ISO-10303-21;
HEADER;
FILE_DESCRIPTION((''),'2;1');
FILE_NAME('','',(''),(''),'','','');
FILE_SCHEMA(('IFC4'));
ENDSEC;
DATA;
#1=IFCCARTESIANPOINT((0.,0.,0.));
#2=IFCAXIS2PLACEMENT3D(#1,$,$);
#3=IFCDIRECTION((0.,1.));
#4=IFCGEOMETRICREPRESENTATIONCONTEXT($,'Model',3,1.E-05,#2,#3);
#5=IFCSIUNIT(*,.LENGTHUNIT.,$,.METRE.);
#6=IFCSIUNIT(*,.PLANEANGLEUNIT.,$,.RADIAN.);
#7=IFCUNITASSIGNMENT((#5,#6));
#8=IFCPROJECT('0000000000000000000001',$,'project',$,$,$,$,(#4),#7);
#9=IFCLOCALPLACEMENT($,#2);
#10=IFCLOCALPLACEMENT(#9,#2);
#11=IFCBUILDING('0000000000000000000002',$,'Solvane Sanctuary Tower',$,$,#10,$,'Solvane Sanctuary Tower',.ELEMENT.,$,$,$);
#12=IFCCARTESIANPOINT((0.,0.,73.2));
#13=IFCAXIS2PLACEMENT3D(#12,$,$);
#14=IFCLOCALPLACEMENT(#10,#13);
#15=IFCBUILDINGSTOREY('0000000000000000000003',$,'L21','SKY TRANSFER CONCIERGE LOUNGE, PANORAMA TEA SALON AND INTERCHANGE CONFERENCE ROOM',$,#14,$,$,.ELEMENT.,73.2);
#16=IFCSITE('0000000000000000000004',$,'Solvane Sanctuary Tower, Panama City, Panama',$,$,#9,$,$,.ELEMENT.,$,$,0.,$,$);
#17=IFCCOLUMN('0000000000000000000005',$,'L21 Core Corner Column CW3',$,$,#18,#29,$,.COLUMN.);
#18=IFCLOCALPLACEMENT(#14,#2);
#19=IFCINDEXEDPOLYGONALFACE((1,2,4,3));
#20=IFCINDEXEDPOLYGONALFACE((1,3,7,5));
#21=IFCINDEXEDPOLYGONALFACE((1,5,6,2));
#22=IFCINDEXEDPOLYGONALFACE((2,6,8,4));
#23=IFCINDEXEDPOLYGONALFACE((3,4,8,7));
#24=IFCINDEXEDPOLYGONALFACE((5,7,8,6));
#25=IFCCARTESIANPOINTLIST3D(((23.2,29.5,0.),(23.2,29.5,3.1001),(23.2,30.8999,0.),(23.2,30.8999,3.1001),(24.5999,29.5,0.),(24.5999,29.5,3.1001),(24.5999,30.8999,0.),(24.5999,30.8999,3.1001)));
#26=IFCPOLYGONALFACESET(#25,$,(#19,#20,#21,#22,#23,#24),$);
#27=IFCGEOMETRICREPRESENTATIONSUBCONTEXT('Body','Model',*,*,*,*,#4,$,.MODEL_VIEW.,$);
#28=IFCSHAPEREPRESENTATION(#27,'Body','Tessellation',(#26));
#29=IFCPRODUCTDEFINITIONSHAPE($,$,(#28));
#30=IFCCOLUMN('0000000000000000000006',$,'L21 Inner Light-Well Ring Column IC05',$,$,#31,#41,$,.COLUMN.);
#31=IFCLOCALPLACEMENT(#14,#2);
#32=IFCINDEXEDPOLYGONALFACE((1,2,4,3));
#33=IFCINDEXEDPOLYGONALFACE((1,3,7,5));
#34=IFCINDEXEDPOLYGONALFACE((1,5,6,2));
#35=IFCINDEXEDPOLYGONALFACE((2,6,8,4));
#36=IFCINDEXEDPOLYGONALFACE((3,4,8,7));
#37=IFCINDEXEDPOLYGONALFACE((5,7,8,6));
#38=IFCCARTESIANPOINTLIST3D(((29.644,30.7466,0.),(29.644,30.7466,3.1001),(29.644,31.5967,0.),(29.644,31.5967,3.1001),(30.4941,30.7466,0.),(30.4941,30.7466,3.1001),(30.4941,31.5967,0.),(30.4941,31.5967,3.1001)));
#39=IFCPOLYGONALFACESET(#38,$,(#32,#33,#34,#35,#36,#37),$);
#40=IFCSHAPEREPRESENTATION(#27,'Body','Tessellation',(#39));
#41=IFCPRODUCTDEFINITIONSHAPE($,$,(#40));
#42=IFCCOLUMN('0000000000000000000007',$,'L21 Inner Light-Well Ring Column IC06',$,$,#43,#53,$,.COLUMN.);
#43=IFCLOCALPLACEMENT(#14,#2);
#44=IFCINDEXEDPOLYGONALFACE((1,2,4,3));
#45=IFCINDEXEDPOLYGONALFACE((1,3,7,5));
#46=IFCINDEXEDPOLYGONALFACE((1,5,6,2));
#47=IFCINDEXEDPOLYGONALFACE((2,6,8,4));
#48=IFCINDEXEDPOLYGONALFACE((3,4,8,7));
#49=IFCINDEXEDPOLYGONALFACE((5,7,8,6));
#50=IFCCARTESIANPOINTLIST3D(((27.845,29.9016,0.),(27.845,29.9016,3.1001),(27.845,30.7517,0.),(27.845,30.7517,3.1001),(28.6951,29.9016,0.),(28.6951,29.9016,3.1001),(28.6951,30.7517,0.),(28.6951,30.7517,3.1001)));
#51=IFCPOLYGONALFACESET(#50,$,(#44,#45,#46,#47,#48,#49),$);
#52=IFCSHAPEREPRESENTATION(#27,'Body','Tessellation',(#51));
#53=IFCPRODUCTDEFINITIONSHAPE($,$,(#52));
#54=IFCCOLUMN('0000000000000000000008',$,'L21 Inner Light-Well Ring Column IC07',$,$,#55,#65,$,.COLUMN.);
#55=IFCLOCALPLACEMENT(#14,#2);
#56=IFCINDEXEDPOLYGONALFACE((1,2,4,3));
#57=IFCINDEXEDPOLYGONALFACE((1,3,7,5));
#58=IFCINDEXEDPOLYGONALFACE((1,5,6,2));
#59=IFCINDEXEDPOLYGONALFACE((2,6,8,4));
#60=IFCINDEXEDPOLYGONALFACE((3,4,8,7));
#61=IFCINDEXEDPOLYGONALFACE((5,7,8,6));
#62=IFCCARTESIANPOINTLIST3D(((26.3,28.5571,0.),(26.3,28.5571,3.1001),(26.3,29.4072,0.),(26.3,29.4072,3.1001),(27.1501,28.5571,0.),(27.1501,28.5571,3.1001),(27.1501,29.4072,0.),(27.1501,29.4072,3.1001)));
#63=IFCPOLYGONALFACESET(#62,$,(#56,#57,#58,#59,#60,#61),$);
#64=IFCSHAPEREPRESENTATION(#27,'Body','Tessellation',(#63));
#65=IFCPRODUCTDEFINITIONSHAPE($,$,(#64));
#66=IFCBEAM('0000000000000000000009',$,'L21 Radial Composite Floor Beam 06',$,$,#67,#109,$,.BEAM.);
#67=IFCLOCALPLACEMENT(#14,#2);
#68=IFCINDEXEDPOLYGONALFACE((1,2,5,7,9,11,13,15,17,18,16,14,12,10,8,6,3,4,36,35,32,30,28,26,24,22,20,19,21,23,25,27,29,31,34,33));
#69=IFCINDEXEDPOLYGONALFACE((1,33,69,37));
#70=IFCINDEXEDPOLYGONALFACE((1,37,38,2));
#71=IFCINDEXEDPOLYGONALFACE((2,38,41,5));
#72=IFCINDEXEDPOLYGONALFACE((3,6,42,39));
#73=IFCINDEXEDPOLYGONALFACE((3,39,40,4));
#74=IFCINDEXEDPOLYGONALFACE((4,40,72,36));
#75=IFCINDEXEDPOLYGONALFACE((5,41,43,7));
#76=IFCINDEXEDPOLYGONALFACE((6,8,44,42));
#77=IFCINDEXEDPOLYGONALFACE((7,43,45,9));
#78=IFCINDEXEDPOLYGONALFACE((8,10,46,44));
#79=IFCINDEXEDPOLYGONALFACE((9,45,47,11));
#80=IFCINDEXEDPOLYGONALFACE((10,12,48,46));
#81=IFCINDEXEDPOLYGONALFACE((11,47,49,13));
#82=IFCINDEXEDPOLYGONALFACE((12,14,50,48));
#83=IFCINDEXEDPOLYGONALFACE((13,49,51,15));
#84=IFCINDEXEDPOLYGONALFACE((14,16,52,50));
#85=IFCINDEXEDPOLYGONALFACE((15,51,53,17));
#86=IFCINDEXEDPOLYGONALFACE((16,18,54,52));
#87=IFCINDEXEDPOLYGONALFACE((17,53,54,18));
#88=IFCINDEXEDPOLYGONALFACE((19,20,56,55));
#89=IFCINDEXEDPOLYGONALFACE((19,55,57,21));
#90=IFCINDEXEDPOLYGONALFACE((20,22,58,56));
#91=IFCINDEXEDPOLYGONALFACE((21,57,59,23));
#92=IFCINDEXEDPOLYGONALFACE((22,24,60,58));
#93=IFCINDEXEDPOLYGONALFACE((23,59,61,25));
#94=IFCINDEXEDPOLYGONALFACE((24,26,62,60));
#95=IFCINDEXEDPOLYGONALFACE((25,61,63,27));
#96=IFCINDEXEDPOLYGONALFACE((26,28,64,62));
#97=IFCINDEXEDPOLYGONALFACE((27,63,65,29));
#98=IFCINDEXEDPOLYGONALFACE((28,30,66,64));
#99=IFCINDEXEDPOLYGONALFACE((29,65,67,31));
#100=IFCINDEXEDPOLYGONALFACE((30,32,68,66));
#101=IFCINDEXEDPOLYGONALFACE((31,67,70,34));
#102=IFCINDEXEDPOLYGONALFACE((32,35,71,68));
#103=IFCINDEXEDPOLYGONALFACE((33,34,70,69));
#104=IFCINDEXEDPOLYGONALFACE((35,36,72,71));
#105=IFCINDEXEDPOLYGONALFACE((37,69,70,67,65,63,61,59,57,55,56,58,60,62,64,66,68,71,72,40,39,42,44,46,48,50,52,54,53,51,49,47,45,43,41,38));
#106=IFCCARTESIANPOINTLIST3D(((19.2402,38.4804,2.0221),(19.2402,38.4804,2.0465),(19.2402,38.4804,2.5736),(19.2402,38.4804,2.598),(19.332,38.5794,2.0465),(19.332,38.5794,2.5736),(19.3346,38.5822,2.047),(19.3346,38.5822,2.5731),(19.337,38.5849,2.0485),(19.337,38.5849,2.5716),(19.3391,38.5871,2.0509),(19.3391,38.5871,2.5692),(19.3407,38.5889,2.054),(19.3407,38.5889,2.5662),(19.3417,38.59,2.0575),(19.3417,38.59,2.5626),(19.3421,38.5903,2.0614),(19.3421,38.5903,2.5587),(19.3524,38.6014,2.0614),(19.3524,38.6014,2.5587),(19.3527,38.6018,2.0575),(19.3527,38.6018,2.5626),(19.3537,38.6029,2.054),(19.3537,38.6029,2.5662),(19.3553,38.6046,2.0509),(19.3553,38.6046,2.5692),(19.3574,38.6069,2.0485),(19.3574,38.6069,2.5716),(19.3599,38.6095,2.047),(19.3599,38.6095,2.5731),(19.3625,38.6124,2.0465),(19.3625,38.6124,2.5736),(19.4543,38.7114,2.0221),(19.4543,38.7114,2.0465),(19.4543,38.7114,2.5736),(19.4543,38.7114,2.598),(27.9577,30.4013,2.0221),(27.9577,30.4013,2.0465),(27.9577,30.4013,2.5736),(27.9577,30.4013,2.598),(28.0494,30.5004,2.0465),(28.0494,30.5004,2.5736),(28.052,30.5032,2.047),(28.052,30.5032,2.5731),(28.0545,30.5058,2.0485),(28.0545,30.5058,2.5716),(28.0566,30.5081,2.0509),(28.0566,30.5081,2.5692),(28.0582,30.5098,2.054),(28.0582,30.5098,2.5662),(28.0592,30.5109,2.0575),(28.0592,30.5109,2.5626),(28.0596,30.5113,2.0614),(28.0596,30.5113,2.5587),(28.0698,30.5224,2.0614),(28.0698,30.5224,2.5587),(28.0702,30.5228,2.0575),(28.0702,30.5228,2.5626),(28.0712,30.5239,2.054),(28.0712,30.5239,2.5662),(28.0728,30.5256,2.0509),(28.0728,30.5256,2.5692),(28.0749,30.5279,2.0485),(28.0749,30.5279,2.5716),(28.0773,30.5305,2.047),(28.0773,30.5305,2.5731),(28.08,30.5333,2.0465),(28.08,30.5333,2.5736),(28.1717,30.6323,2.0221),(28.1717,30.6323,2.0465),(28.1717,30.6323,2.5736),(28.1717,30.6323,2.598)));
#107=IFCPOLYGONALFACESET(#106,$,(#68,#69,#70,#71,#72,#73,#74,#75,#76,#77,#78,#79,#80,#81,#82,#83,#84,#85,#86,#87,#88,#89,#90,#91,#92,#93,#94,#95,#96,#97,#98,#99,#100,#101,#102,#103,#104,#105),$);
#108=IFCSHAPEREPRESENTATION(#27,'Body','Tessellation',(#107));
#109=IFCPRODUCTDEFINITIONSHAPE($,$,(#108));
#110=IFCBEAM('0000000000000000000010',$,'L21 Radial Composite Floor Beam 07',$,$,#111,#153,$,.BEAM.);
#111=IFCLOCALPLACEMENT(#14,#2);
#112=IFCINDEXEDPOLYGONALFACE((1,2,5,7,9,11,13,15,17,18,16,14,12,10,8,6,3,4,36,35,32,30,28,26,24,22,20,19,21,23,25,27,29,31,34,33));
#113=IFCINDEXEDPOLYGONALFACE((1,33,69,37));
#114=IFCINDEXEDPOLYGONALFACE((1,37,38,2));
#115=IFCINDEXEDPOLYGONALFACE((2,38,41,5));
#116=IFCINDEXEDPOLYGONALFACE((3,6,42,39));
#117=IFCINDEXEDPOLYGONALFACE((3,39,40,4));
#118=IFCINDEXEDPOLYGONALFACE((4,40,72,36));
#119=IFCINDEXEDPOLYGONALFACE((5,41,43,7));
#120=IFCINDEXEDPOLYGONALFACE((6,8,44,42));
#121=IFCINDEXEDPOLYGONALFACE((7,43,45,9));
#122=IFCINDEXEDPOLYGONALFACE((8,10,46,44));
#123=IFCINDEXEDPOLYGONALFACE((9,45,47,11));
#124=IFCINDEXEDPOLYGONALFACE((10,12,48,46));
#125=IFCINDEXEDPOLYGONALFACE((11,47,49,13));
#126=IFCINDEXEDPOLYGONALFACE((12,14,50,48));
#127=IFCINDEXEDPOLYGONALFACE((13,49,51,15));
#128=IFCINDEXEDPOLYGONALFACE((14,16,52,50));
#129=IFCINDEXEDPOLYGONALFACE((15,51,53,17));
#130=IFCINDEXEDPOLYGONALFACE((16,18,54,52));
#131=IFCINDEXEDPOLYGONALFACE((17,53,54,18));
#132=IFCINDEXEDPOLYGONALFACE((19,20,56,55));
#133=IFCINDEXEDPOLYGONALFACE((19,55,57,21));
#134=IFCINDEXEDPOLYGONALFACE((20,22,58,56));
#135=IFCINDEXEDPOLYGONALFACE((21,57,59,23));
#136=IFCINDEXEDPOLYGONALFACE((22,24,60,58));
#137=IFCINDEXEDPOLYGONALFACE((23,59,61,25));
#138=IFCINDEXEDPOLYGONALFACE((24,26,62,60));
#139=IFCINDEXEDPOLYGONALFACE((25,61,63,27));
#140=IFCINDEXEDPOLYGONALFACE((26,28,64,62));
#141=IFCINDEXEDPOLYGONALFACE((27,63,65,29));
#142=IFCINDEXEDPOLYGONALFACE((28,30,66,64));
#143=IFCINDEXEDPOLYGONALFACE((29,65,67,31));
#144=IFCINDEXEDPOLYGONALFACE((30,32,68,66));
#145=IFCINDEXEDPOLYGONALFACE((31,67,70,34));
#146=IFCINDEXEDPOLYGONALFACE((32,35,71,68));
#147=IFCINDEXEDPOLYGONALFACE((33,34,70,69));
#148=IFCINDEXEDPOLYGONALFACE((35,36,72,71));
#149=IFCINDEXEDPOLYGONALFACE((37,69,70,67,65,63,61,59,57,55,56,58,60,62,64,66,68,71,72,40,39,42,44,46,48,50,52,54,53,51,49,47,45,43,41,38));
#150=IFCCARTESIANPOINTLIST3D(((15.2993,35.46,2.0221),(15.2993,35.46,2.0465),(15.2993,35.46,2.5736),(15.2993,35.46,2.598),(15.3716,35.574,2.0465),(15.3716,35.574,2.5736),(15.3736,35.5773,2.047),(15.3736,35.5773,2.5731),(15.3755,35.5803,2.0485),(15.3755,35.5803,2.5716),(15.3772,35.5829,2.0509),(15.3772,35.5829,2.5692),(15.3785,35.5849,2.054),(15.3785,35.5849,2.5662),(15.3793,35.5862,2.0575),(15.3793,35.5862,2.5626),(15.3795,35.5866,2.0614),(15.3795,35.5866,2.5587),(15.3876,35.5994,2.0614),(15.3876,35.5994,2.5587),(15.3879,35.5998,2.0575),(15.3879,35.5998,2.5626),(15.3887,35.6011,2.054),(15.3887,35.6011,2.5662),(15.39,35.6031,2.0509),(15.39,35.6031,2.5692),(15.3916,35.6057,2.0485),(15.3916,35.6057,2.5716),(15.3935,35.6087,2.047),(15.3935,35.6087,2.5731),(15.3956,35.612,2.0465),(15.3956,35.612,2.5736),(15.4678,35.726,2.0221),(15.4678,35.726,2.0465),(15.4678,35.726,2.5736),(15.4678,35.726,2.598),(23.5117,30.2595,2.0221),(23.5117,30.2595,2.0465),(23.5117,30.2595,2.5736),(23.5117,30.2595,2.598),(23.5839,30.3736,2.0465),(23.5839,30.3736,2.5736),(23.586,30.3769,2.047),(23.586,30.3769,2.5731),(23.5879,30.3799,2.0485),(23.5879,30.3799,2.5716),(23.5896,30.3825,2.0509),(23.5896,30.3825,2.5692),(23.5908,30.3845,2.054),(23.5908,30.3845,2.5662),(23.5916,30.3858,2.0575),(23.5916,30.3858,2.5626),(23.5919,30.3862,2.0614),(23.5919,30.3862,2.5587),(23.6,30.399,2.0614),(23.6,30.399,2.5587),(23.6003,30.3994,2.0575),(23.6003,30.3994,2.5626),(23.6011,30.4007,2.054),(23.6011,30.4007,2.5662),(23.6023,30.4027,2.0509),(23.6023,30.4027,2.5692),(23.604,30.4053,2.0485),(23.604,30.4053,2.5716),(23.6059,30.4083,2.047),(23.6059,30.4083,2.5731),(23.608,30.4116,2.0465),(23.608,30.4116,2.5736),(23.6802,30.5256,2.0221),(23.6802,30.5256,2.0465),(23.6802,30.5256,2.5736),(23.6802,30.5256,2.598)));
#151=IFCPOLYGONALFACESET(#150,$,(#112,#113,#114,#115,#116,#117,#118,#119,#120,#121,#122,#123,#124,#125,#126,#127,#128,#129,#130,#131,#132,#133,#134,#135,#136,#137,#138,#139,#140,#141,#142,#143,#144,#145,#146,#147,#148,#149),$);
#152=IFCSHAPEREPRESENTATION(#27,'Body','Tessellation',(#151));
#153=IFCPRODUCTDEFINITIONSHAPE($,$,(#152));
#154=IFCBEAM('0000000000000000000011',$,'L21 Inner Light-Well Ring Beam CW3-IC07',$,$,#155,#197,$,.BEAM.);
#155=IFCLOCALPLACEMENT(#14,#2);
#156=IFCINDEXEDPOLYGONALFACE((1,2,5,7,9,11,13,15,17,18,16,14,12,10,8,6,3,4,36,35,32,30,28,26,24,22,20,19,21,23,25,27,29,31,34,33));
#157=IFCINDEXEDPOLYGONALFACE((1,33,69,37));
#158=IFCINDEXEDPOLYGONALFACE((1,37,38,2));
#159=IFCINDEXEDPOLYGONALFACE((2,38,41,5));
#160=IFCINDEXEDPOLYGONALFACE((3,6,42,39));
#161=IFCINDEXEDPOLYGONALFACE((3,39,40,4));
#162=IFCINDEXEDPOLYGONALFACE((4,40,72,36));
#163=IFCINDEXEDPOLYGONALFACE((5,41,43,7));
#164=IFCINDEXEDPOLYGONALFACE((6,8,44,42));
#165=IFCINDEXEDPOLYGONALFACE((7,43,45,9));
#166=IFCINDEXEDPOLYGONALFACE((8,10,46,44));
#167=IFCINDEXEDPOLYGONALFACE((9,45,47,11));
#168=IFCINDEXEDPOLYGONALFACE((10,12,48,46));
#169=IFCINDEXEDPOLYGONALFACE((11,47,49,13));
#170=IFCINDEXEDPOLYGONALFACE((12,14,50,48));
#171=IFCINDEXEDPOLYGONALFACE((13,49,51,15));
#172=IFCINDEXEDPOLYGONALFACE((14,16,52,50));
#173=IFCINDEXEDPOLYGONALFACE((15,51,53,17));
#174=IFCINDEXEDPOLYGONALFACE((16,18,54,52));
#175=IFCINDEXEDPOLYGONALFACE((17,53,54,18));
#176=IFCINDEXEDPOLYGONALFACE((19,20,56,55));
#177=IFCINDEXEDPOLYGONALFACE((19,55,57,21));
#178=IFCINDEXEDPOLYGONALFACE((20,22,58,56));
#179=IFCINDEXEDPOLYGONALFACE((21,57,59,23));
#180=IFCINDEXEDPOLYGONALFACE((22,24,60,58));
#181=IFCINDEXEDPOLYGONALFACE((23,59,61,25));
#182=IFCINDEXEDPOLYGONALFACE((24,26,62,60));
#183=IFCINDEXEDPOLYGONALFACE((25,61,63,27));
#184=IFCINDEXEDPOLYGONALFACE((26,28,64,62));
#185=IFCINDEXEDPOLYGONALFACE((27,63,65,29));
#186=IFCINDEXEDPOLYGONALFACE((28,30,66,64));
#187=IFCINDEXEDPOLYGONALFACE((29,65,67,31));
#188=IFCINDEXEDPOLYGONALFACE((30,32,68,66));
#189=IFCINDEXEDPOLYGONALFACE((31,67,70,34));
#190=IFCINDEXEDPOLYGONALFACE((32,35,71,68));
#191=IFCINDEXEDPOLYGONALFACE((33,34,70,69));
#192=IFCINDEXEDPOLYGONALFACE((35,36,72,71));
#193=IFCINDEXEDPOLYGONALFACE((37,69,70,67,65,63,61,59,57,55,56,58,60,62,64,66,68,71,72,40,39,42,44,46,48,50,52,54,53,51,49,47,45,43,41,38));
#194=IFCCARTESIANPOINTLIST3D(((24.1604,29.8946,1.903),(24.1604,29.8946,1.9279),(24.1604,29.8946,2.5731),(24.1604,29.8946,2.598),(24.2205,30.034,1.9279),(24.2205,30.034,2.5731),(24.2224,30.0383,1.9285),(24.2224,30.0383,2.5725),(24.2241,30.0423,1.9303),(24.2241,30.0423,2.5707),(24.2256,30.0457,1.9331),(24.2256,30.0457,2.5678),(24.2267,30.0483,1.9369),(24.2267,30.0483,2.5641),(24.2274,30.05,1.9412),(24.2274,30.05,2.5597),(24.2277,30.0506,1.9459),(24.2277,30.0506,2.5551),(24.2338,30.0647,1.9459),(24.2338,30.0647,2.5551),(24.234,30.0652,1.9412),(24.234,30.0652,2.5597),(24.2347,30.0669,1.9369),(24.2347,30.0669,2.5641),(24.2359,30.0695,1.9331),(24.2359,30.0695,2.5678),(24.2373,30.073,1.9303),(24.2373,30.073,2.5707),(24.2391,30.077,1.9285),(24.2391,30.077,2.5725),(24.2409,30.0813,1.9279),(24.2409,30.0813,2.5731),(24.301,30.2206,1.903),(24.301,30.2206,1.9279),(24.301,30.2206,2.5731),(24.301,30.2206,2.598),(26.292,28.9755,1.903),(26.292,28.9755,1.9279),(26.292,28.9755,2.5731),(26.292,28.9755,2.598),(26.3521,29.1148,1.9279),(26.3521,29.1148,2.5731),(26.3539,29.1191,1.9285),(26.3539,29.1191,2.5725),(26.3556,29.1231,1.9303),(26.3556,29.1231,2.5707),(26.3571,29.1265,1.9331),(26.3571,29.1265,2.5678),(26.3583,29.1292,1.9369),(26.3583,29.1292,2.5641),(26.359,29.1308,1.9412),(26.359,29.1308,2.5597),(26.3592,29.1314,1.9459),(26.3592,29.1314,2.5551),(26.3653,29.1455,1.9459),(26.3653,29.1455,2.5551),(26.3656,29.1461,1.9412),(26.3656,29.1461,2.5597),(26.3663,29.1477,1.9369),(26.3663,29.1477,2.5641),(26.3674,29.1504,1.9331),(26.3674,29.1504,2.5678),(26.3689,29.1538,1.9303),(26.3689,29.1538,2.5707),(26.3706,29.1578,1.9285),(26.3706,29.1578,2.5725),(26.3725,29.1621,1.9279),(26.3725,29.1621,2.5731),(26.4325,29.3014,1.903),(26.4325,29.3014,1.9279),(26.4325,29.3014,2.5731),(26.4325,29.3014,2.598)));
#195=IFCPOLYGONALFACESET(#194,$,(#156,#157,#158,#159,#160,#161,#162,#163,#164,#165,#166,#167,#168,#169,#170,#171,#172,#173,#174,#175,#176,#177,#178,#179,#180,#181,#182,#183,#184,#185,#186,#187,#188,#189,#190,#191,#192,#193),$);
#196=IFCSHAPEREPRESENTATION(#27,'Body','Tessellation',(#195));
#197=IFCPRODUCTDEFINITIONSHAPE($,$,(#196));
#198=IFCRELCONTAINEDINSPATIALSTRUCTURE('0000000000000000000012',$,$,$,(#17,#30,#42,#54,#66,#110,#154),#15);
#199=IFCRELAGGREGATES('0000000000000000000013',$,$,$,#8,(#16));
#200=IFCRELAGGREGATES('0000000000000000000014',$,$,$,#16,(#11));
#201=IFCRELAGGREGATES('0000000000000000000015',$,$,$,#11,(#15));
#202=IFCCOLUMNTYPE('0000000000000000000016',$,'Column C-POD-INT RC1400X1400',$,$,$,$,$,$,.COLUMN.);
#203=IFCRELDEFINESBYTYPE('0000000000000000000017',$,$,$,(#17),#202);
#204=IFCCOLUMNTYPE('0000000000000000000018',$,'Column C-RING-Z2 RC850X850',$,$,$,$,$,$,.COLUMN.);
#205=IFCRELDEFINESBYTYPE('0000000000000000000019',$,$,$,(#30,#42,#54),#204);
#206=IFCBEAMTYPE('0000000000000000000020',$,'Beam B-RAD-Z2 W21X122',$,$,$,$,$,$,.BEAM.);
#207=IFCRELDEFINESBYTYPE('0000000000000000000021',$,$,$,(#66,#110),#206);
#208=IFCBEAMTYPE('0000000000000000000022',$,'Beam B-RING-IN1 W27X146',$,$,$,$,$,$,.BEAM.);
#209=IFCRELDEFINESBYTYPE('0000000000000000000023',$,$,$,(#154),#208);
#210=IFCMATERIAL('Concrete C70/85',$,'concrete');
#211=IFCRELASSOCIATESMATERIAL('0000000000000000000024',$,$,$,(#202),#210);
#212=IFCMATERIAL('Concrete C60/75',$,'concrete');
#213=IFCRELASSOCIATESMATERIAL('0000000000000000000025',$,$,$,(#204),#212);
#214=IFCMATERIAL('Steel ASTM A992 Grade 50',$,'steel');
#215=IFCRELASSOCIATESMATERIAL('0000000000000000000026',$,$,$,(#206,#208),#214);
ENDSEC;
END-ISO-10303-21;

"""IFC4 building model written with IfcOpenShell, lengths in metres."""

from ifc_helpers import new_model, si_unit, direction, frame, origin, origin_2d, place, context, subcontext, project, spatial, rectangle, i_section, extrude, material, material_profile, profile_set, type_object, element, save


model = new_model("IFC4")

# Units and contexts
model_context = context("Model", 3, precision=1e-05, world=origin(), true_north=direction((0.0, 1.0)))
body_context = subcontext(model_context, "Body", "Model", "MODEL_VIEW")
ifc_project = project(units=[si_unit("LENGTHUNIT", "METRE"), si_unit("PLANEANGLEUNIT", "RADIAN")], contexts=[model_context])

# Site, building, storey
site_placement = place(None, origin())
site = spatial("IfcSite", under=ifc_project, at=site_placement, Name="Solvane Sanctuary Tower, Panama City, Panama", CompositionType="ELEMENT", RefElevation=0.0)
building_placement = place(site_placement, origin())
building = spatial("IfcBuilding", under=site, at=building_placement, Name="Solvane Sanctuary Tower", LongName="Solvane Sanctuary Tower", CompositionType="ELEMENT")
storey_placement = place(building_placement, frame((0.0, 0.0, 73.2)))
storey = spatial("IfcBuildingStorey", under=building, at=storey_placement, Name="L21", Description="SKY TRANSFER CONCIERGE LOUNGE, PANORAMA TEA SALON AND INTERCHANGE CONFERENCE ROOM", CompositionType="ELEMENT", Elevation=73.2)

# Columns
ifc_material_1 = material(Name="Concrete C70/85", Category="concrete")
ifc_material_profile_1 = material_profile(ifc_material_1, rectangle(XDim=1.3999, YDim=1.3999, at=origin_2d()), Name="RC1400X1400")
ifc_profile_set_1 = profile_set([ifc_material_profile_1], Name="Concrete C70/85")
column_type_1 = type_object("IfcColumnType", Name="Column C-POD-INT RC1400X1400", PredefinedType="COLUMN", material=ifc_profile_set_1)
column_placement = place(storey_placement, frame((23.8999, 30.2, 0.0), z_axis=(0.0, 0.0, 1.0), x_axis=(1.0, 0.0, 0.0)))
element("IfcColumn", 1, at=column_placement, inside=storey, type_object=column_type_1, Name="L21 Core Corner Column CW3", PredefinedType="COLUMN", context=body_context, shape_type="SweptSolid", body=[
    extrude(rectangle(XDim=1.3999, YDim=1.3999, at=origin_2d()), origin(), (0.0, 0.0, 1.0), 3.1001),
])
ifc_material_2 = material(Name="Concrete C60/75", Category="concrete")
ifc_material_profile_2 = material_profile(ifc_material_2, rectangle(XDim=0.8501, YDim=0.8501, at=origin_2d()), Name="RC850X850")
ifc_profile_set_2 = profile_set([ifc_material_profile_2], Name="Concrete C60/75")
column_type_2 = type_object("IfcColumnType", Name="Column C-RING-Z2 RC850X850", PredefinedType="COLUMN", material=ifc_profile_set_2)
for number, where, z_axis, x_axis, name in (
    (2, (30.0691, 31.1716, 0.0), (0.0, 0.0, 1.0), (1.0, 0.0, 0.0), "L21 Inner Light-Well Ring Column IC05"),
    (3, (28.27, 30.3267, 0.0), (0.0, 0.0, 1.0), (1.0, 0.0, 0.0), "L21 Inner Light-Well Ring Column IC06"),
    (4, (26.7251, 28.9822, 0.0), (0.0, 0.0, 1.0), (1.0, 0.0, 0.0), "L21 Inner Light-Well Ring Column IC07"),
):
    element("IfcColumn", number, at=place(storey_placement, frame(where, z_axis=z_axis, x_axis=x_axis)), inside=storey, type_object=column_type_2, Name=name, PredefinedType="COLUMN", context=body_context, shape_type="SweptSolid", body=[
        extrude(rectangle(XDim=0.8501, YDim=0.8501, at=origin_2d()), origin(), (0.0, 0.0, 1.0), 3.1001),
    ])

# Beams
ifc_material_3 = material(Name="Steel ASTM A992 Grade 50", Category="steel")
ifc_material_profile_3 = material_profile(ifc_material_3, i_section(OverallWidth=0.3149, OverallDepth=0.5759, WebThickness=0.0151, FlangeThickness=0.0244, FilletRadius=0.0149, at=origin_2d()), Name="W21X122")
ifc_profile_set_3 = profile_set([ifc_material_profile_3], Name="Steel ASTM A992 Grade 50")
beam_type_1 = type_object("IfcBeamType", Name="Beam B-RAD-Z2 W21X122", PredefinedType="BEAM", material=ifc_profile_set_3)
beam_1_placement = place(storey_placement, frame((28.0647, 30.5168, 2.3101), z_axis=(-0.733454, 0.679739, 0.0), x_axis=(-0.679739, -0.733454, 0.0)))
element("IfcBeam", 5, at=beam_1_placement, inside=storey, type_object=beam_type_1, Name="L21 Radial Composite Floor Beam 06", PredefinedType="BEAM", context=body_context, shape_type="SweptSolid", body=[
    extrude(i_section(OverallWidth=0.3149, OverallDepth=0.5759, WebThickness=0.0151, FlangeThickness=0.0244, FilletRadius=0.0149, at=origin_2d()), origin(), (0.0, 0.0, 1.0), 11.8855),
])
beam_2_placement = place(storey_placement, frame((23.5959, 30.3926, 2.3101), z_axis=(-0.844854, 0.534997, 0.0), x_axis=(-0.534997, -0.844854, 0.0)))
element("IfcBeam", 6, at=beam_2_placement, inside=storey, type_object=beam_type_1, Name="L21 Radial Composite Floor Beam 07", PredefinedType="BEAM", context=body_context, shape_type="SweptSolid", body=[
    extrude(i_section(OverallWidth=0.3149, OverallDepth=0.5759, WebThickness=0.0151, FlangeThickness=0.0244, FilletRadius=0.0149, at=origin_2d()), origin(), (0.0, 0.0, 1.0), 9.7205),
])
ifc_material_profile_4 = material_profile(ifc_material_3, i_section(OverallWidth=0.355, OverallDepth=0.6951, WebThickness=0.0154, FlangeThickness=0.0249, FilletRadius=0.0181, at=origin_2d()), Name="W27X146")
ifc_profile_set_4 = profile_set([ifc_material_profile_4], Name="Steel ASTM A992 Grade 50")
beam_type_2 = type_object("IfcBeamType", Name="Beam B-RING-IN1 W27X146", PredefinedType="BEAM", material=ifc_profile_set_4)
beam_3_placement = place(storey_placement, frame((24.2307, 30.0576, 2.2505), z_axis=(0.918261, -0.395975, 0.0), x_axis=(0.395975, 0.918261, 0.0)))
element("IfcBeam", 7, at=beam_3_placement, inside=storey, type_object=beam_type_2, Name="L21 Inner Light-Well Ring Beam CW3-IC07", PredefinedType="BEAM", context=body_context, shape_type="SweptSolid", body=[
    extrude(i_section(OverallWidth=0.355, OverallDepth=0.6951, WebThickness=0.0154, FlangeThickness=0.0249, FilletRadius=0.0181, at=origin_2d()), origin(), (0.0, 0.0, 1.0), 2.3213),
])

save(model, "model.ifc")
